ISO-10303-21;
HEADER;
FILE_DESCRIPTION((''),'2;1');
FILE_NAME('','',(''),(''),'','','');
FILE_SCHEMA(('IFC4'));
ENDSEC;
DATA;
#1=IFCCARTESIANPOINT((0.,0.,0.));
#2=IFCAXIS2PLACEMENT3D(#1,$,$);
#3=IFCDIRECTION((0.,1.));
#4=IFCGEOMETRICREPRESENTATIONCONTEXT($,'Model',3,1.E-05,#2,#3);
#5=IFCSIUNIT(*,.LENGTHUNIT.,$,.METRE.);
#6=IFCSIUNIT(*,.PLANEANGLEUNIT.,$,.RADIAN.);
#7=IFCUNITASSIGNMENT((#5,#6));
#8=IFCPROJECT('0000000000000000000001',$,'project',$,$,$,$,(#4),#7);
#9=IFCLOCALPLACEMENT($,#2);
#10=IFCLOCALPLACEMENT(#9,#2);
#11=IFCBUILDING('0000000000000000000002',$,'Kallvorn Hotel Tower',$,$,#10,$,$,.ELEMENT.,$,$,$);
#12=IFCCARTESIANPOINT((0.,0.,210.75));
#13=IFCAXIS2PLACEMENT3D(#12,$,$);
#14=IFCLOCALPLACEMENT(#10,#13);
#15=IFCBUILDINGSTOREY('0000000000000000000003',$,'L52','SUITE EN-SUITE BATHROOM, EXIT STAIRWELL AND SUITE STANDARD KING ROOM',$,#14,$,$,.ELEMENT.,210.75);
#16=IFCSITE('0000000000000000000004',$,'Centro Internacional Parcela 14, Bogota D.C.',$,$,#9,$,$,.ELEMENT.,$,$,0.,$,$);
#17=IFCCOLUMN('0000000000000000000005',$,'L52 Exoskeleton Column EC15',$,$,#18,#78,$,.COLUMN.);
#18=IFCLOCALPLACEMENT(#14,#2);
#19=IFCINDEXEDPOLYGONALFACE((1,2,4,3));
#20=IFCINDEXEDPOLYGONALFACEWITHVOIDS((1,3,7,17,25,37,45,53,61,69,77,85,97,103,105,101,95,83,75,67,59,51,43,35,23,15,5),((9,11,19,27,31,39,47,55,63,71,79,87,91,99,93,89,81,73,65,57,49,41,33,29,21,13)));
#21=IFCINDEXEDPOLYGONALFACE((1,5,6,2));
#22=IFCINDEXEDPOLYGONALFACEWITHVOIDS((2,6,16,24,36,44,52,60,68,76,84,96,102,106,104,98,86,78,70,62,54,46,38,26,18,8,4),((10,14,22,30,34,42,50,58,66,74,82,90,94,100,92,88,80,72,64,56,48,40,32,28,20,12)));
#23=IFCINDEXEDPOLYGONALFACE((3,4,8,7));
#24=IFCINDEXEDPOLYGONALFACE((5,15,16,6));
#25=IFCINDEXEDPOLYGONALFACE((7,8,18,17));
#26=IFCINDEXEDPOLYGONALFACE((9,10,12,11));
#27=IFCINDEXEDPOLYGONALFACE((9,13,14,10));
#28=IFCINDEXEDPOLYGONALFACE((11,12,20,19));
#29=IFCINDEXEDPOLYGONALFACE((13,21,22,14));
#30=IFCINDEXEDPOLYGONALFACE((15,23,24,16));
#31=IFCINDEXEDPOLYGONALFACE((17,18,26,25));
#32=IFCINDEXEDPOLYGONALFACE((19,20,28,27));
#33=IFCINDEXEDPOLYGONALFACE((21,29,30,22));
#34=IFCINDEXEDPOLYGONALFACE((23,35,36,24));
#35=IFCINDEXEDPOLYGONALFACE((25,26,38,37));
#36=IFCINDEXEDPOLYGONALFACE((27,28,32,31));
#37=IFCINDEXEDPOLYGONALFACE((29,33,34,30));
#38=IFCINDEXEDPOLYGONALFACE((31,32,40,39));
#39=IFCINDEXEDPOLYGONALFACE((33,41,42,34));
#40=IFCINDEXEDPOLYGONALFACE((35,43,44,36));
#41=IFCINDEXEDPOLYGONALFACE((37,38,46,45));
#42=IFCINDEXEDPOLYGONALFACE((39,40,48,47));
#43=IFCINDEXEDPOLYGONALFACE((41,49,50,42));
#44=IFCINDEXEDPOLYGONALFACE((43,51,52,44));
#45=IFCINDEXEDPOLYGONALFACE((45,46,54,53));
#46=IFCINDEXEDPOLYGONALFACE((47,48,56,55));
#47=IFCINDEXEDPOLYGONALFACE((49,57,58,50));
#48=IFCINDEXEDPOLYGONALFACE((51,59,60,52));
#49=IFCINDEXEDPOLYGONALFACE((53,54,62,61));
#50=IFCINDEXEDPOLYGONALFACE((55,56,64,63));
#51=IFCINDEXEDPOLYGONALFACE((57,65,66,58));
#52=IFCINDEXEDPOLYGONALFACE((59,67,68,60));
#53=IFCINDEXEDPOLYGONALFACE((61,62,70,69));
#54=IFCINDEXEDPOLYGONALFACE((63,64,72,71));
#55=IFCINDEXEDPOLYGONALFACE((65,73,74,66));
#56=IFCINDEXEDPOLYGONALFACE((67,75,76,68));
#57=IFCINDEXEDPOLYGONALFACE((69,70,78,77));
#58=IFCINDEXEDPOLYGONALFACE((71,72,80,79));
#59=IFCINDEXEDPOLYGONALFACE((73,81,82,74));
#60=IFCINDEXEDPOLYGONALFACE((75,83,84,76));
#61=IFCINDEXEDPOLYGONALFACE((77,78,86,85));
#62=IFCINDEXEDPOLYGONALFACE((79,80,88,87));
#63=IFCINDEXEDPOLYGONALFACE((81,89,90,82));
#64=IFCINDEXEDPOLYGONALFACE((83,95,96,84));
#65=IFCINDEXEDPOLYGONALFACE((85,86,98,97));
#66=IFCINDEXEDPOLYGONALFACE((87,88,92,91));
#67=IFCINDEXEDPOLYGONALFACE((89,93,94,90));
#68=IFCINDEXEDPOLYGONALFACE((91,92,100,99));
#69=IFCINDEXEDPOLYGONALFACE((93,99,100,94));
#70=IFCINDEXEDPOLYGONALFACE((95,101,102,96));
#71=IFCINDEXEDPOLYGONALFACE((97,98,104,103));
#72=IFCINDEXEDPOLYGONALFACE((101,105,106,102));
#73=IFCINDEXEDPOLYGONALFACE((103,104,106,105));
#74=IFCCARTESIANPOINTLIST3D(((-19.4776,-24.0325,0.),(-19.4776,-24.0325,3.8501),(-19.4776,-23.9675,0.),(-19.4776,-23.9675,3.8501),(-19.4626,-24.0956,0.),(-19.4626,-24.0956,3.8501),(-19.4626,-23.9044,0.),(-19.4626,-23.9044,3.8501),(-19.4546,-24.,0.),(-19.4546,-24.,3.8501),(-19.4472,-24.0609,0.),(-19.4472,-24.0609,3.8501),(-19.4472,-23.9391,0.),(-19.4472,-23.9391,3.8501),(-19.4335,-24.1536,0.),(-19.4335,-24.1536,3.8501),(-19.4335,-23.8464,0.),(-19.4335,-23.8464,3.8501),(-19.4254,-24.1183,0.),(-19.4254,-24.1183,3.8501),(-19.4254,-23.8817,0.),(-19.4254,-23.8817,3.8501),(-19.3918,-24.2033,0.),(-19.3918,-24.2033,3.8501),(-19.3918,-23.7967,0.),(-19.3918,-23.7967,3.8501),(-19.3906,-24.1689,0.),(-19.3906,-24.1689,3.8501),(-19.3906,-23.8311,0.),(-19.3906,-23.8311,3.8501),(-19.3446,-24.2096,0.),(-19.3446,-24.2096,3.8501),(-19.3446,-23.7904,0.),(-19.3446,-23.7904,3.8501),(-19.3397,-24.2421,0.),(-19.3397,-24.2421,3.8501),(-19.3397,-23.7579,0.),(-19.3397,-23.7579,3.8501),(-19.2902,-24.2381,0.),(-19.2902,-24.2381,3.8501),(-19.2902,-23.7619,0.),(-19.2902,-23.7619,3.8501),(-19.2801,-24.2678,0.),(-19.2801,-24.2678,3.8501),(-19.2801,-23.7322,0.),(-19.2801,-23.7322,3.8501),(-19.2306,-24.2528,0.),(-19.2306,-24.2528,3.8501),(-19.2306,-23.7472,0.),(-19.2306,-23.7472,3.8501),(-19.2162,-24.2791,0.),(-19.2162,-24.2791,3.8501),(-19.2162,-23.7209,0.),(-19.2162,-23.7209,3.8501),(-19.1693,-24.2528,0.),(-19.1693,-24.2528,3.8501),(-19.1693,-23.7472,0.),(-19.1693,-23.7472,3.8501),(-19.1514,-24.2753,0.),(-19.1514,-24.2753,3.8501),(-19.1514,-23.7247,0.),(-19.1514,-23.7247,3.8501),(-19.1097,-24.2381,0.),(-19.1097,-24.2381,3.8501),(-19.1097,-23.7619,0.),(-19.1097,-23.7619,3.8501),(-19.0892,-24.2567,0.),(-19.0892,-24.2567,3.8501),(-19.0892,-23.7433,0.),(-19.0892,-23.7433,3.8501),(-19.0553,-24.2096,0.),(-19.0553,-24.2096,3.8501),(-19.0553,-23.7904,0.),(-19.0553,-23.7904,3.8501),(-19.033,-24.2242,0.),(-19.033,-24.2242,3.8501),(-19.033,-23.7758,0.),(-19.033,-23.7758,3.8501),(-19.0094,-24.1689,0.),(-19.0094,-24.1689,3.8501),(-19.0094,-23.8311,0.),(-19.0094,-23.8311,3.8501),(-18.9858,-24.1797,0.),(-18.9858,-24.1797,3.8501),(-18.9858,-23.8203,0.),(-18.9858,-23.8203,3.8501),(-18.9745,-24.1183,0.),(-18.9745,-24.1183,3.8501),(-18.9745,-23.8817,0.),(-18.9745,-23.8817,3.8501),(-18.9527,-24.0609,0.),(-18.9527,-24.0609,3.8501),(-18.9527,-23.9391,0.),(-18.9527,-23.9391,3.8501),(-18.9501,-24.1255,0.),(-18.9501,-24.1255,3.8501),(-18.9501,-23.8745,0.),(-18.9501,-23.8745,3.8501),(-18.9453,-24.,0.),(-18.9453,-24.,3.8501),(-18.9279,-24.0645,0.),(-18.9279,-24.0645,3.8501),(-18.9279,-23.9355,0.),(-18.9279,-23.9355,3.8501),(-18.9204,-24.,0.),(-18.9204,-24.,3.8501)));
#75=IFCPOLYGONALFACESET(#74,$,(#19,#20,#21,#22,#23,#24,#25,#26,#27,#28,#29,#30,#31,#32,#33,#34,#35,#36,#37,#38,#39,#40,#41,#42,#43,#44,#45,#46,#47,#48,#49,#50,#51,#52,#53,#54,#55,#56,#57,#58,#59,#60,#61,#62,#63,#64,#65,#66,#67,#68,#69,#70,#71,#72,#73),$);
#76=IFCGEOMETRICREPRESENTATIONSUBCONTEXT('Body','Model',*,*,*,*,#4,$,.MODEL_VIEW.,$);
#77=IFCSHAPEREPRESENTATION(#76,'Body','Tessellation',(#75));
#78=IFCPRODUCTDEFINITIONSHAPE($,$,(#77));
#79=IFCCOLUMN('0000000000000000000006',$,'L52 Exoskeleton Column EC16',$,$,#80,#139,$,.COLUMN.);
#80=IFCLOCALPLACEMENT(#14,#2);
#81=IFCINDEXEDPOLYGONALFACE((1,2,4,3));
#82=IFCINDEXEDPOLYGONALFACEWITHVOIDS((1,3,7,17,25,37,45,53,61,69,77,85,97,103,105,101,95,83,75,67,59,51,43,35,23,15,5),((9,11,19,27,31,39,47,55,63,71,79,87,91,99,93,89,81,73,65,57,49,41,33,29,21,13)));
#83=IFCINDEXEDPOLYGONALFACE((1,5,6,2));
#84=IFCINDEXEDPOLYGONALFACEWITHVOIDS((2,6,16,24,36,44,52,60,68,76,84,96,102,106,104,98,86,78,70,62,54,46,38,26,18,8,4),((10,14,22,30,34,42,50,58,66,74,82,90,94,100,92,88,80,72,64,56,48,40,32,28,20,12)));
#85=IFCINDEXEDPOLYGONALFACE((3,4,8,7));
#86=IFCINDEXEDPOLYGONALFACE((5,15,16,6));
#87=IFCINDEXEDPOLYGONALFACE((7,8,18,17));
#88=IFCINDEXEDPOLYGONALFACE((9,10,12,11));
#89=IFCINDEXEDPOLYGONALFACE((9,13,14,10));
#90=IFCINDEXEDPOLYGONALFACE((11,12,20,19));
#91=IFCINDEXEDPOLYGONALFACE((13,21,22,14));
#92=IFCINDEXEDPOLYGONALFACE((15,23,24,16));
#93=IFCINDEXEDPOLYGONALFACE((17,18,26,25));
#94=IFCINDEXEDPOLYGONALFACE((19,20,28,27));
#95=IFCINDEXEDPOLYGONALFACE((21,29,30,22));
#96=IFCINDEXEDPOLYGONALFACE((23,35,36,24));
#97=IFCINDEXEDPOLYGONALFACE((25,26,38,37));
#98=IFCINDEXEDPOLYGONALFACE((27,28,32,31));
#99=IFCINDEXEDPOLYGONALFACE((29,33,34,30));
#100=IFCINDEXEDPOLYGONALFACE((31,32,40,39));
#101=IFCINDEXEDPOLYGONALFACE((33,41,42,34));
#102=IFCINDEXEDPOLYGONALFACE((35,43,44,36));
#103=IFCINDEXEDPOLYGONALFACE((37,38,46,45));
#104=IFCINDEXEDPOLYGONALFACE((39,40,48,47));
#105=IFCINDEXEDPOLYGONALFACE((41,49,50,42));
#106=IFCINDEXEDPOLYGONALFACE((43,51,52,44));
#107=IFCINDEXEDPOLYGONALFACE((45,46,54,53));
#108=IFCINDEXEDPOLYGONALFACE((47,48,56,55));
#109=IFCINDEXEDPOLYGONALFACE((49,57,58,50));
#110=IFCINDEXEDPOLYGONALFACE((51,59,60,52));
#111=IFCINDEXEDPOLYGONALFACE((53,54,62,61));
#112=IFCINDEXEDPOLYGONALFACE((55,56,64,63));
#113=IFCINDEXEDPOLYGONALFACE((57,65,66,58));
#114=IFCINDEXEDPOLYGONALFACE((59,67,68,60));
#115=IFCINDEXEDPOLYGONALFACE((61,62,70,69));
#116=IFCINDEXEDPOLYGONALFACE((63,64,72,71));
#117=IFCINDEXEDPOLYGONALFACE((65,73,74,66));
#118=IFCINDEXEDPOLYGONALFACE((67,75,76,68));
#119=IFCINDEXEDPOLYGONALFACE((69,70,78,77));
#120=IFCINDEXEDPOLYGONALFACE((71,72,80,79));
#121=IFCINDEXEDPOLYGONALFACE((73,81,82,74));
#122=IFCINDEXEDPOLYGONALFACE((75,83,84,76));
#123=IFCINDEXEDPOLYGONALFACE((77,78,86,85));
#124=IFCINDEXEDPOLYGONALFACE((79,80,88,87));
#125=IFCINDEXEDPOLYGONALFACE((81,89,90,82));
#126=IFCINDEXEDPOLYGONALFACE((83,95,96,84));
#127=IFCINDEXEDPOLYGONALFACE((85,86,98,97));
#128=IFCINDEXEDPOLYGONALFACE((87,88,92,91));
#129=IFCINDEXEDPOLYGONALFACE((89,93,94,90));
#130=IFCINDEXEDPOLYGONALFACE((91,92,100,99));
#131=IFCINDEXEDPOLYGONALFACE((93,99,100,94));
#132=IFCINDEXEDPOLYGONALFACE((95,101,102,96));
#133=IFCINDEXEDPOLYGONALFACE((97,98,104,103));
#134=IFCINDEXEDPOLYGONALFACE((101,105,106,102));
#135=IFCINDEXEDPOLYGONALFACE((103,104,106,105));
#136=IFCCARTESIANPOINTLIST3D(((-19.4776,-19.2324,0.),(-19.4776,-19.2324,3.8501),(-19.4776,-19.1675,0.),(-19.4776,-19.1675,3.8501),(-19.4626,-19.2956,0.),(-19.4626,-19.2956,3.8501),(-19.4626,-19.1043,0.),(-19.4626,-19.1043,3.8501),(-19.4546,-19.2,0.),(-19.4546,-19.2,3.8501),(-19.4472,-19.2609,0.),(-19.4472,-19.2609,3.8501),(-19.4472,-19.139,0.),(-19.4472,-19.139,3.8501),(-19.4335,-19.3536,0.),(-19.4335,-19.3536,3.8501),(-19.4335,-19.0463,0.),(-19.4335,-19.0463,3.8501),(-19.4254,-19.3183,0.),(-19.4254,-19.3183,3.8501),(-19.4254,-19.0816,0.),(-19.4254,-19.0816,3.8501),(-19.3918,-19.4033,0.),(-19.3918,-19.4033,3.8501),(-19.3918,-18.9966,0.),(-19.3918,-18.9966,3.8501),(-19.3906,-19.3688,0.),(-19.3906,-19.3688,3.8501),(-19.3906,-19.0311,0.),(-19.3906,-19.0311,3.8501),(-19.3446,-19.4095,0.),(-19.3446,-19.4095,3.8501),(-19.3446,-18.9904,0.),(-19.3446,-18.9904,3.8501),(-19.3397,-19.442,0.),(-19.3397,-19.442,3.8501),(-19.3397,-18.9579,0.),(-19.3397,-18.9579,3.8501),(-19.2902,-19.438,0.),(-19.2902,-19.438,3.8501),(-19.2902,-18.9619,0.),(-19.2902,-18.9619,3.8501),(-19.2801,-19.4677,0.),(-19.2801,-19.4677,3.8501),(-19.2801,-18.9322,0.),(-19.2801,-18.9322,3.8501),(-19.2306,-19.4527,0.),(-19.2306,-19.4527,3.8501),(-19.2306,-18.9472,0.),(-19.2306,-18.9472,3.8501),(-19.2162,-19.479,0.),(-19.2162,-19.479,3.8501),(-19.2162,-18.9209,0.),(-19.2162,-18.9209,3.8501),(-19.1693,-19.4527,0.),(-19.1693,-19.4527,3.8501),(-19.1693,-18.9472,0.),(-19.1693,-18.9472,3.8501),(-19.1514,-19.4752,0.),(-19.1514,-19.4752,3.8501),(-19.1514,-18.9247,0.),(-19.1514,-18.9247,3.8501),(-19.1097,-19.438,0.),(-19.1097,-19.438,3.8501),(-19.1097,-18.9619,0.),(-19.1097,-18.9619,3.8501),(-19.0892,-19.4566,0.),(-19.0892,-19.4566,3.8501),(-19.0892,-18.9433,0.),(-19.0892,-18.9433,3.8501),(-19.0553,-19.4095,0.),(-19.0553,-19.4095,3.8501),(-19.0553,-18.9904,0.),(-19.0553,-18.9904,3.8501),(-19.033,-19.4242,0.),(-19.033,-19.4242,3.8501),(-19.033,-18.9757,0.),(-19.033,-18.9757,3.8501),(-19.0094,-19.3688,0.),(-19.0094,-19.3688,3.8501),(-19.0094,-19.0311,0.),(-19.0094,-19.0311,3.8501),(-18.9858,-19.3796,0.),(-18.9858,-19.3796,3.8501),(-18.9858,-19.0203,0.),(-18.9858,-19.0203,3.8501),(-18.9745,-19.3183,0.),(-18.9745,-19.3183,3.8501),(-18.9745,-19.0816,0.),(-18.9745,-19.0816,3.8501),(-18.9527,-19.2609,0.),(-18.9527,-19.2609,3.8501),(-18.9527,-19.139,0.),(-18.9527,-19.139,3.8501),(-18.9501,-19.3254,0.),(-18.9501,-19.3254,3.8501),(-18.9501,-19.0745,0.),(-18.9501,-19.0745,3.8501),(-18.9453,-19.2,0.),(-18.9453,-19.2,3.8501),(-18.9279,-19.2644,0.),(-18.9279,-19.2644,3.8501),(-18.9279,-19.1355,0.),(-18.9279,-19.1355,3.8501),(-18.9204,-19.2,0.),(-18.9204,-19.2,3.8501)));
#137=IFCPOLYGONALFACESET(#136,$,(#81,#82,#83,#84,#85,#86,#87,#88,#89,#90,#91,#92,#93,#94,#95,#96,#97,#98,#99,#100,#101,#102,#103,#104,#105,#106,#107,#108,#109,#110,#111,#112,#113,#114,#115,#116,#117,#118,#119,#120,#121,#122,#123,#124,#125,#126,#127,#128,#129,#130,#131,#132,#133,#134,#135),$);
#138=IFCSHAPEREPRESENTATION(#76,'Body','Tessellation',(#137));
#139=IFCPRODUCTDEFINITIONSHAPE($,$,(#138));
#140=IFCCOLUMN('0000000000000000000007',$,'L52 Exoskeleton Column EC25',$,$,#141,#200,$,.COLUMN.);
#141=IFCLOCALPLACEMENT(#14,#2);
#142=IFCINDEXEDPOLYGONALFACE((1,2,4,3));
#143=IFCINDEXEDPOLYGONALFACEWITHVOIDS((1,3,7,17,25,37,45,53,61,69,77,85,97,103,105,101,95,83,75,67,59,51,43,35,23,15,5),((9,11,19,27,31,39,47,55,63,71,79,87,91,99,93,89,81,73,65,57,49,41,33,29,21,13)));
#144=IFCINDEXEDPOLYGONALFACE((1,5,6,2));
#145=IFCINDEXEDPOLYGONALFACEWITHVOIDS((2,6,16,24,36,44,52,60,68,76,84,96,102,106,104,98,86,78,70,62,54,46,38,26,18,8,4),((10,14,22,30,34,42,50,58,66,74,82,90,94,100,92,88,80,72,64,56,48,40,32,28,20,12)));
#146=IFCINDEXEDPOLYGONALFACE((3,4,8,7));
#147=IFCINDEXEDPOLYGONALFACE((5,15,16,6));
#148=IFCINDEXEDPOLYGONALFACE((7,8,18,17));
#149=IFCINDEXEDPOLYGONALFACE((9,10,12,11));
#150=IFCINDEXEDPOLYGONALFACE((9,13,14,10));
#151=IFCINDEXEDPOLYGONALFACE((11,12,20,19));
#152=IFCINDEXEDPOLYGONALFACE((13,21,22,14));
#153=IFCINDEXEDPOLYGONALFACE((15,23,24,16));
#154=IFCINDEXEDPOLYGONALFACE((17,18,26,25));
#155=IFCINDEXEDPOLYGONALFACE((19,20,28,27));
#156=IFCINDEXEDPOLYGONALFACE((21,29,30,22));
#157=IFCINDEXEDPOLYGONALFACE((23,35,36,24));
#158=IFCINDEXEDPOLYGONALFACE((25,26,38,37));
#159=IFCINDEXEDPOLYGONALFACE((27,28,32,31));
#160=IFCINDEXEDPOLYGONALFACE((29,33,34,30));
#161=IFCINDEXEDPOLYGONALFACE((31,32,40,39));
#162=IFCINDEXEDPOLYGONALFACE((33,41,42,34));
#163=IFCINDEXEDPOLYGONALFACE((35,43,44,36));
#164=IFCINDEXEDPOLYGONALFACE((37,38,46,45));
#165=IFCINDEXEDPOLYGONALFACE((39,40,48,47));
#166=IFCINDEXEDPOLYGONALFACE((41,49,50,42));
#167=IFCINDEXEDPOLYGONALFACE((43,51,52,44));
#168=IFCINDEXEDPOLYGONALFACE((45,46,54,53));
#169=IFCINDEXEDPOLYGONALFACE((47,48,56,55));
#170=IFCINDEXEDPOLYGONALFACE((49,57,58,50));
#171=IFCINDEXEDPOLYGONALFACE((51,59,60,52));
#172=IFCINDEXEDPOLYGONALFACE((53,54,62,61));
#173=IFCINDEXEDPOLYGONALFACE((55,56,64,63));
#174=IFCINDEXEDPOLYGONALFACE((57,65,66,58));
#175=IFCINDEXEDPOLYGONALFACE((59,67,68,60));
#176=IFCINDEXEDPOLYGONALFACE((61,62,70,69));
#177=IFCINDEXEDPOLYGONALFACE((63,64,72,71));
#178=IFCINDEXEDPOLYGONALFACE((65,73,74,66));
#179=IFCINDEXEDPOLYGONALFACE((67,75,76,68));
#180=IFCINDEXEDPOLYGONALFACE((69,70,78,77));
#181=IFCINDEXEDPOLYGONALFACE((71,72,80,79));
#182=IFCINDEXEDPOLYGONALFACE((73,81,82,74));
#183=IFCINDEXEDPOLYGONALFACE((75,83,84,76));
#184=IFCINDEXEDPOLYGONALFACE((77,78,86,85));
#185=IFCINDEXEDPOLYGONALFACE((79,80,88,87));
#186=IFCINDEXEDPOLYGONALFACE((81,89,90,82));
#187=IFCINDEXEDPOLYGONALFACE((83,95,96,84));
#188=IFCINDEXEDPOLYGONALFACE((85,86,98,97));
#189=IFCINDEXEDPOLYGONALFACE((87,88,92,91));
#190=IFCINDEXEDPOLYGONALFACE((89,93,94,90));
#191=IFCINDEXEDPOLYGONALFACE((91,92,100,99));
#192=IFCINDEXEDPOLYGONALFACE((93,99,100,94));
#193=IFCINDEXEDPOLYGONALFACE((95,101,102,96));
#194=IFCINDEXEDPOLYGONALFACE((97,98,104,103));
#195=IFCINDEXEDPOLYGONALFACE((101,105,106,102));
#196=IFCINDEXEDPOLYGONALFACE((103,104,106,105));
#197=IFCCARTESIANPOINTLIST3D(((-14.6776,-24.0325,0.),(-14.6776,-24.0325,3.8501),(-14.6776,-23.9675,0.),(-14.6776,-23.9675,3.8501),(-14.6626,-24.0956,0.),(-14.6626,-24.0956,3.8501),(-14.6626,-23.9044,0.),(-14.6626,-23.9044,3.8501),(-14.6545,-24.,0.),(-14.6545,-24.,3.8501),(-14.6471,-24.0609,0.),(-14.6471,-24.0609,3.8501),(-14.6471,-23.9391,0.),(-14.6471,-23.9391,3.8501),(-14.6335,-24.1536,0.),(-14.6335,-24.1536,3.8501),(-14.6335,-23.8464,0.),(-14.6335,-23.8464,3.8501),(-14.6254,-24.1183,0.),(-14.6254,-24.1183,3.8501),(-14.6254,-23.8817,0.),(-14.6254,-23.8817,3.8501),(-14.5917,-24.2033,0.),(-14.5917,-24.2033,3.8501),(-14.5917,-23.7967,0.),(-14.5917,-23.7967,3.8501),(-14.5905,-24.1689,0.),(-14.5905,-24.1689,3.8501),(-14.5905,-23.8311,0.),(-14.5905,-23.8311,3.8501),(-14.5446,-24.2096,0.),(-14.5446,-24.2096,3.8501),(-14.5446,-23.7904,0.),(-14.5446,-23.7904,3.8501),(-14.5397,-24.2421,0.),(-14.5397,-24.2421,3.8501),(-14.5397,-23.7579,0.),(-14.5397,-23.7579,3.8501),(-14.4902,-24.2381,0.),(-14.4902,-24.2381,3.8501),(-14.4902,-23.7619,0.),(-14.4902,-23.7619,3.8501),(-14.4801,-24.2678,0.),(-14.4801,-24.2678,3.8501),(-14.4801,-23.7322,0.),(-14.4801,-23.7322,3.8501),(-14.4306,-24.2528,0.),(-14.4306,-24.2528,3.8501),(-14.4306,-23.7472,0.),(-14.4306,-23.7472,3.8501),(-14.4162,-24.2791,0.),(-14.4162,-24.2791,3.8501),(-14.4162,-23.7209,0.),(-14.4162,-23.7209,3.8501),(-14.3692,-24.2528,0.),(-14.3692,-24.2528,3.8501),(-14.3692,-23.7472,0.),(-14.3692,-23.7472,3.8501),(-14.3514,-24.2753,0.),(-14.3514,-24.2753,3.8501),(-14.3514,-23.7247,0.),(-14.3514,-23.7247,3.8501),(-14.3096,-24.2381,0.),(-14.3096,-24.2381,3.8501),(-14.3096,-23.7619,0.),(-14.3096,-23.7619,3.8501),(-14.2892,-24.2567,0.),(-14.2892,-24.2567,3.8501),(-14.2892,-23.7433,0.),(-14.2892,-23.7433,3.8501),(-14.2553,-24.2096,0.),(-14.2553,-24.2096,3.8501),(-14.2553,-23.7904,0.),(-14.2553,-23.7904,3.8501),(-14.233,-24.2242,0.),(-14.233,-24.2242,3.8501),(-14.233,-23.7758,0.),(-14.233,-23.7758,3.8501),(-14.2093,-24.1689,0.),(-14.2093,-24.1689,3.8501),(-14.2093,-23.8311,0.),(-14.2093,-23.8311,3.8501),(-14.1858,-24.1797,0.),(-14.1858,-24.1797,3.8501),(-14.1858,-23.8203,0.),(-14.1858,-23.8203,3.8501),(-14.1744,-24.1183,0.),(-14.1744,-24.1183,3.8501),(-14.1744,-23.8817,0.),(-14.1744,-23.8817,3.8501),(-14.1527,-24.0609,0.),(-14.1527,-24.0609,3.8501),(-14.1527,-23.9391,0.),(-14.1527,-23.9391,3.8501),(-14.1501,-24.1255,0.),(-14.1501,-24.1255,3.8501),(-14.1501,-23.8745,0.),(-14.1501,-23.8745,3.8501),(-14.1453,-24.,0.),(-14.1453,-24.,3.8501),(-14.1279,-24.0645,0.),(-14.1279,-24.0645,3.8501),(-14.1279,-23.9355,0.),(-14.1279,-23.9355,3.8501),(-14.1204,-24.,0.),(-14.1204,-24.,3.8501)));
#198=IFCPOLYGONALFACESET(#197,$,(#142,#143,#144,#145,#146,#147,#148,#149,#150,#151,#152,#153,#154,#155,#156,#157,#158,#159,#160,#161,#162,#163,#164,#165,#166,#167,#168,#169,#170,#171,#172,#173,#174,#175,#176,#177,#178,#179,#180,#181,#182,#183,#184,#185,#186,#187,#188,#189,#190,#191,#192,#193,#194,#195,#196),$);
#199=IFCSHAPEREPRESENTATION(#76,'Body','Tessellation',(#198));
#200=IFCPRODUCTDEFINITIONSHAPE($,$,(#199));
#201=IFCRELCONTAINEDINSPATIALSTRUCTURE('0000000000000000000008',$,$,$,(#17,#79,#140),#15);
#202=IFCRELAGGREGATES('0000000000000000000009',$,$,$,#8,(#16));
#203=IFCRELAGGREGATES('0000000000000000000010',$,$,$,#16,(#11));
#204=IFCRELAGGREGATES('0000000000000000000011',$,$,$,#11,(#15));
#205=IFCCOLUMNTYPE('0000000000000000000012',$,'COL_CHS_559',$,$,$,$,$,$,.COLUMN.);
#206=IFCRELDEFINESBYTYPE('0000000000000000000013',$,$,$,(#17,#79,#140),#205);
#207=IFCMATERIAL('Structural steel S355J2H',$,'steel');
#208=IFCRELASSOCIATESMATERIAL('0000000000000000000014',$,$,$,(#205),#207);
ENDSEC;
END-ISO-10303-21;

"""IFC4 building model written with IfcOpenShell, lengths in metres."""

from ifc_helpers import new_model, si_unit, direction, frame, origin, origin_2d, place, context, subcontext, project, spatial, hollow_circle, extrude, material, material_profile, profile_set, type_object, element, save


model = new_model("IFC4")

# Units and contexts
model_context = context("Model", 3, precision=1e-05, world=origin(), true_north=direction((0.0, 1.0)))
body_context = subcontext(model_context, "Body", "Model", "MODEL_VIEW")
ifc_project = project(units=[si_unit("LENGTHUNIT", "METRE"), si_unit("PLANEANGLEUNIT", "RADIAN")], contexts=[model_context])

# Site, building, storey
site_placement = place(None, origin())
site = spatial("IfcSite", under=ifc_project, at=site_placement, Name="Centro Internacional Parcela 14, Bogota D.C.", CompositionType="ELEMENT", RefElevation=0.0)
building_placement = place(site_placement, origin())
building = spatial("IfcBuilding", under=site, at=building_placement, Name="Kallvorn Hotel Tower", CompositionType="ELEMENT")
storey_placement = place(building_placement, frame((0.0, 0.0, 210.75)))
storey = spatial("IfcBuildingStorey", under=building, at=storey_placement, Name="L52", Description="SUITE EN-SUITE BATHROOM, EXIT STAIRWELL AND SUITE STANDARD KING ROOM", CompositionType="ELEMENT", Elevation=210.75)

# Columns
ifc_material_1 = material(Name="Structural steel S355J2H", Category="steel")
ifc_material_profile_1 = material_profile(ifc_material_1, hollow_circle(Radius=0.2795, WallThickness=0.0249, at=origin_2d()), Name="CHS 559x25")
ifc_profile_set_1 = profile_set([ifc_material_profile_1], Name="Structural steel S355J2H")
column_type = type_object("IfcColumnType", Name="COL_CHS_559", PredefinedType="COLUMN", material=ifc_profile_set_1)
for number, where, z_axis, x_axis, name in (
    (1, (-19.2, -24.0, 0.0), (0.0, 0.0, 1.0), (1.0, 0.0, 0.0), "L52 Exoskeleton Column EC15"),
    (2, (-19.2, -19.2, 0.0), (0.0, 0.0, 1.0), (1.0, 0.0, 0.0), "L52 Exoskeleton Column EC16"),
    (3, (-14.3999, -24.0, 0.0), (0.0, 0.0, 1.0), (1.0, 0.0, 0.0), "L52 Exoskeleton Column EC25"),
):
    element("IfcColumn", number, at=place(storey_placement, frame(where, z_axis=z_axis, x_axis=x_axis)), inside=storey, type_object=column_type, Name=name, PredefinedType="COLUMN", context=body_context, shape_type="SweptSolid", body=[
        extrude(hollow_circle(Radius=0.2795, WallThickness=0.0249, at=origin_2d()), origin(), (0.0, 0.0, 1.0), 3.8501),
    ])

save(model, "model.ifc")
